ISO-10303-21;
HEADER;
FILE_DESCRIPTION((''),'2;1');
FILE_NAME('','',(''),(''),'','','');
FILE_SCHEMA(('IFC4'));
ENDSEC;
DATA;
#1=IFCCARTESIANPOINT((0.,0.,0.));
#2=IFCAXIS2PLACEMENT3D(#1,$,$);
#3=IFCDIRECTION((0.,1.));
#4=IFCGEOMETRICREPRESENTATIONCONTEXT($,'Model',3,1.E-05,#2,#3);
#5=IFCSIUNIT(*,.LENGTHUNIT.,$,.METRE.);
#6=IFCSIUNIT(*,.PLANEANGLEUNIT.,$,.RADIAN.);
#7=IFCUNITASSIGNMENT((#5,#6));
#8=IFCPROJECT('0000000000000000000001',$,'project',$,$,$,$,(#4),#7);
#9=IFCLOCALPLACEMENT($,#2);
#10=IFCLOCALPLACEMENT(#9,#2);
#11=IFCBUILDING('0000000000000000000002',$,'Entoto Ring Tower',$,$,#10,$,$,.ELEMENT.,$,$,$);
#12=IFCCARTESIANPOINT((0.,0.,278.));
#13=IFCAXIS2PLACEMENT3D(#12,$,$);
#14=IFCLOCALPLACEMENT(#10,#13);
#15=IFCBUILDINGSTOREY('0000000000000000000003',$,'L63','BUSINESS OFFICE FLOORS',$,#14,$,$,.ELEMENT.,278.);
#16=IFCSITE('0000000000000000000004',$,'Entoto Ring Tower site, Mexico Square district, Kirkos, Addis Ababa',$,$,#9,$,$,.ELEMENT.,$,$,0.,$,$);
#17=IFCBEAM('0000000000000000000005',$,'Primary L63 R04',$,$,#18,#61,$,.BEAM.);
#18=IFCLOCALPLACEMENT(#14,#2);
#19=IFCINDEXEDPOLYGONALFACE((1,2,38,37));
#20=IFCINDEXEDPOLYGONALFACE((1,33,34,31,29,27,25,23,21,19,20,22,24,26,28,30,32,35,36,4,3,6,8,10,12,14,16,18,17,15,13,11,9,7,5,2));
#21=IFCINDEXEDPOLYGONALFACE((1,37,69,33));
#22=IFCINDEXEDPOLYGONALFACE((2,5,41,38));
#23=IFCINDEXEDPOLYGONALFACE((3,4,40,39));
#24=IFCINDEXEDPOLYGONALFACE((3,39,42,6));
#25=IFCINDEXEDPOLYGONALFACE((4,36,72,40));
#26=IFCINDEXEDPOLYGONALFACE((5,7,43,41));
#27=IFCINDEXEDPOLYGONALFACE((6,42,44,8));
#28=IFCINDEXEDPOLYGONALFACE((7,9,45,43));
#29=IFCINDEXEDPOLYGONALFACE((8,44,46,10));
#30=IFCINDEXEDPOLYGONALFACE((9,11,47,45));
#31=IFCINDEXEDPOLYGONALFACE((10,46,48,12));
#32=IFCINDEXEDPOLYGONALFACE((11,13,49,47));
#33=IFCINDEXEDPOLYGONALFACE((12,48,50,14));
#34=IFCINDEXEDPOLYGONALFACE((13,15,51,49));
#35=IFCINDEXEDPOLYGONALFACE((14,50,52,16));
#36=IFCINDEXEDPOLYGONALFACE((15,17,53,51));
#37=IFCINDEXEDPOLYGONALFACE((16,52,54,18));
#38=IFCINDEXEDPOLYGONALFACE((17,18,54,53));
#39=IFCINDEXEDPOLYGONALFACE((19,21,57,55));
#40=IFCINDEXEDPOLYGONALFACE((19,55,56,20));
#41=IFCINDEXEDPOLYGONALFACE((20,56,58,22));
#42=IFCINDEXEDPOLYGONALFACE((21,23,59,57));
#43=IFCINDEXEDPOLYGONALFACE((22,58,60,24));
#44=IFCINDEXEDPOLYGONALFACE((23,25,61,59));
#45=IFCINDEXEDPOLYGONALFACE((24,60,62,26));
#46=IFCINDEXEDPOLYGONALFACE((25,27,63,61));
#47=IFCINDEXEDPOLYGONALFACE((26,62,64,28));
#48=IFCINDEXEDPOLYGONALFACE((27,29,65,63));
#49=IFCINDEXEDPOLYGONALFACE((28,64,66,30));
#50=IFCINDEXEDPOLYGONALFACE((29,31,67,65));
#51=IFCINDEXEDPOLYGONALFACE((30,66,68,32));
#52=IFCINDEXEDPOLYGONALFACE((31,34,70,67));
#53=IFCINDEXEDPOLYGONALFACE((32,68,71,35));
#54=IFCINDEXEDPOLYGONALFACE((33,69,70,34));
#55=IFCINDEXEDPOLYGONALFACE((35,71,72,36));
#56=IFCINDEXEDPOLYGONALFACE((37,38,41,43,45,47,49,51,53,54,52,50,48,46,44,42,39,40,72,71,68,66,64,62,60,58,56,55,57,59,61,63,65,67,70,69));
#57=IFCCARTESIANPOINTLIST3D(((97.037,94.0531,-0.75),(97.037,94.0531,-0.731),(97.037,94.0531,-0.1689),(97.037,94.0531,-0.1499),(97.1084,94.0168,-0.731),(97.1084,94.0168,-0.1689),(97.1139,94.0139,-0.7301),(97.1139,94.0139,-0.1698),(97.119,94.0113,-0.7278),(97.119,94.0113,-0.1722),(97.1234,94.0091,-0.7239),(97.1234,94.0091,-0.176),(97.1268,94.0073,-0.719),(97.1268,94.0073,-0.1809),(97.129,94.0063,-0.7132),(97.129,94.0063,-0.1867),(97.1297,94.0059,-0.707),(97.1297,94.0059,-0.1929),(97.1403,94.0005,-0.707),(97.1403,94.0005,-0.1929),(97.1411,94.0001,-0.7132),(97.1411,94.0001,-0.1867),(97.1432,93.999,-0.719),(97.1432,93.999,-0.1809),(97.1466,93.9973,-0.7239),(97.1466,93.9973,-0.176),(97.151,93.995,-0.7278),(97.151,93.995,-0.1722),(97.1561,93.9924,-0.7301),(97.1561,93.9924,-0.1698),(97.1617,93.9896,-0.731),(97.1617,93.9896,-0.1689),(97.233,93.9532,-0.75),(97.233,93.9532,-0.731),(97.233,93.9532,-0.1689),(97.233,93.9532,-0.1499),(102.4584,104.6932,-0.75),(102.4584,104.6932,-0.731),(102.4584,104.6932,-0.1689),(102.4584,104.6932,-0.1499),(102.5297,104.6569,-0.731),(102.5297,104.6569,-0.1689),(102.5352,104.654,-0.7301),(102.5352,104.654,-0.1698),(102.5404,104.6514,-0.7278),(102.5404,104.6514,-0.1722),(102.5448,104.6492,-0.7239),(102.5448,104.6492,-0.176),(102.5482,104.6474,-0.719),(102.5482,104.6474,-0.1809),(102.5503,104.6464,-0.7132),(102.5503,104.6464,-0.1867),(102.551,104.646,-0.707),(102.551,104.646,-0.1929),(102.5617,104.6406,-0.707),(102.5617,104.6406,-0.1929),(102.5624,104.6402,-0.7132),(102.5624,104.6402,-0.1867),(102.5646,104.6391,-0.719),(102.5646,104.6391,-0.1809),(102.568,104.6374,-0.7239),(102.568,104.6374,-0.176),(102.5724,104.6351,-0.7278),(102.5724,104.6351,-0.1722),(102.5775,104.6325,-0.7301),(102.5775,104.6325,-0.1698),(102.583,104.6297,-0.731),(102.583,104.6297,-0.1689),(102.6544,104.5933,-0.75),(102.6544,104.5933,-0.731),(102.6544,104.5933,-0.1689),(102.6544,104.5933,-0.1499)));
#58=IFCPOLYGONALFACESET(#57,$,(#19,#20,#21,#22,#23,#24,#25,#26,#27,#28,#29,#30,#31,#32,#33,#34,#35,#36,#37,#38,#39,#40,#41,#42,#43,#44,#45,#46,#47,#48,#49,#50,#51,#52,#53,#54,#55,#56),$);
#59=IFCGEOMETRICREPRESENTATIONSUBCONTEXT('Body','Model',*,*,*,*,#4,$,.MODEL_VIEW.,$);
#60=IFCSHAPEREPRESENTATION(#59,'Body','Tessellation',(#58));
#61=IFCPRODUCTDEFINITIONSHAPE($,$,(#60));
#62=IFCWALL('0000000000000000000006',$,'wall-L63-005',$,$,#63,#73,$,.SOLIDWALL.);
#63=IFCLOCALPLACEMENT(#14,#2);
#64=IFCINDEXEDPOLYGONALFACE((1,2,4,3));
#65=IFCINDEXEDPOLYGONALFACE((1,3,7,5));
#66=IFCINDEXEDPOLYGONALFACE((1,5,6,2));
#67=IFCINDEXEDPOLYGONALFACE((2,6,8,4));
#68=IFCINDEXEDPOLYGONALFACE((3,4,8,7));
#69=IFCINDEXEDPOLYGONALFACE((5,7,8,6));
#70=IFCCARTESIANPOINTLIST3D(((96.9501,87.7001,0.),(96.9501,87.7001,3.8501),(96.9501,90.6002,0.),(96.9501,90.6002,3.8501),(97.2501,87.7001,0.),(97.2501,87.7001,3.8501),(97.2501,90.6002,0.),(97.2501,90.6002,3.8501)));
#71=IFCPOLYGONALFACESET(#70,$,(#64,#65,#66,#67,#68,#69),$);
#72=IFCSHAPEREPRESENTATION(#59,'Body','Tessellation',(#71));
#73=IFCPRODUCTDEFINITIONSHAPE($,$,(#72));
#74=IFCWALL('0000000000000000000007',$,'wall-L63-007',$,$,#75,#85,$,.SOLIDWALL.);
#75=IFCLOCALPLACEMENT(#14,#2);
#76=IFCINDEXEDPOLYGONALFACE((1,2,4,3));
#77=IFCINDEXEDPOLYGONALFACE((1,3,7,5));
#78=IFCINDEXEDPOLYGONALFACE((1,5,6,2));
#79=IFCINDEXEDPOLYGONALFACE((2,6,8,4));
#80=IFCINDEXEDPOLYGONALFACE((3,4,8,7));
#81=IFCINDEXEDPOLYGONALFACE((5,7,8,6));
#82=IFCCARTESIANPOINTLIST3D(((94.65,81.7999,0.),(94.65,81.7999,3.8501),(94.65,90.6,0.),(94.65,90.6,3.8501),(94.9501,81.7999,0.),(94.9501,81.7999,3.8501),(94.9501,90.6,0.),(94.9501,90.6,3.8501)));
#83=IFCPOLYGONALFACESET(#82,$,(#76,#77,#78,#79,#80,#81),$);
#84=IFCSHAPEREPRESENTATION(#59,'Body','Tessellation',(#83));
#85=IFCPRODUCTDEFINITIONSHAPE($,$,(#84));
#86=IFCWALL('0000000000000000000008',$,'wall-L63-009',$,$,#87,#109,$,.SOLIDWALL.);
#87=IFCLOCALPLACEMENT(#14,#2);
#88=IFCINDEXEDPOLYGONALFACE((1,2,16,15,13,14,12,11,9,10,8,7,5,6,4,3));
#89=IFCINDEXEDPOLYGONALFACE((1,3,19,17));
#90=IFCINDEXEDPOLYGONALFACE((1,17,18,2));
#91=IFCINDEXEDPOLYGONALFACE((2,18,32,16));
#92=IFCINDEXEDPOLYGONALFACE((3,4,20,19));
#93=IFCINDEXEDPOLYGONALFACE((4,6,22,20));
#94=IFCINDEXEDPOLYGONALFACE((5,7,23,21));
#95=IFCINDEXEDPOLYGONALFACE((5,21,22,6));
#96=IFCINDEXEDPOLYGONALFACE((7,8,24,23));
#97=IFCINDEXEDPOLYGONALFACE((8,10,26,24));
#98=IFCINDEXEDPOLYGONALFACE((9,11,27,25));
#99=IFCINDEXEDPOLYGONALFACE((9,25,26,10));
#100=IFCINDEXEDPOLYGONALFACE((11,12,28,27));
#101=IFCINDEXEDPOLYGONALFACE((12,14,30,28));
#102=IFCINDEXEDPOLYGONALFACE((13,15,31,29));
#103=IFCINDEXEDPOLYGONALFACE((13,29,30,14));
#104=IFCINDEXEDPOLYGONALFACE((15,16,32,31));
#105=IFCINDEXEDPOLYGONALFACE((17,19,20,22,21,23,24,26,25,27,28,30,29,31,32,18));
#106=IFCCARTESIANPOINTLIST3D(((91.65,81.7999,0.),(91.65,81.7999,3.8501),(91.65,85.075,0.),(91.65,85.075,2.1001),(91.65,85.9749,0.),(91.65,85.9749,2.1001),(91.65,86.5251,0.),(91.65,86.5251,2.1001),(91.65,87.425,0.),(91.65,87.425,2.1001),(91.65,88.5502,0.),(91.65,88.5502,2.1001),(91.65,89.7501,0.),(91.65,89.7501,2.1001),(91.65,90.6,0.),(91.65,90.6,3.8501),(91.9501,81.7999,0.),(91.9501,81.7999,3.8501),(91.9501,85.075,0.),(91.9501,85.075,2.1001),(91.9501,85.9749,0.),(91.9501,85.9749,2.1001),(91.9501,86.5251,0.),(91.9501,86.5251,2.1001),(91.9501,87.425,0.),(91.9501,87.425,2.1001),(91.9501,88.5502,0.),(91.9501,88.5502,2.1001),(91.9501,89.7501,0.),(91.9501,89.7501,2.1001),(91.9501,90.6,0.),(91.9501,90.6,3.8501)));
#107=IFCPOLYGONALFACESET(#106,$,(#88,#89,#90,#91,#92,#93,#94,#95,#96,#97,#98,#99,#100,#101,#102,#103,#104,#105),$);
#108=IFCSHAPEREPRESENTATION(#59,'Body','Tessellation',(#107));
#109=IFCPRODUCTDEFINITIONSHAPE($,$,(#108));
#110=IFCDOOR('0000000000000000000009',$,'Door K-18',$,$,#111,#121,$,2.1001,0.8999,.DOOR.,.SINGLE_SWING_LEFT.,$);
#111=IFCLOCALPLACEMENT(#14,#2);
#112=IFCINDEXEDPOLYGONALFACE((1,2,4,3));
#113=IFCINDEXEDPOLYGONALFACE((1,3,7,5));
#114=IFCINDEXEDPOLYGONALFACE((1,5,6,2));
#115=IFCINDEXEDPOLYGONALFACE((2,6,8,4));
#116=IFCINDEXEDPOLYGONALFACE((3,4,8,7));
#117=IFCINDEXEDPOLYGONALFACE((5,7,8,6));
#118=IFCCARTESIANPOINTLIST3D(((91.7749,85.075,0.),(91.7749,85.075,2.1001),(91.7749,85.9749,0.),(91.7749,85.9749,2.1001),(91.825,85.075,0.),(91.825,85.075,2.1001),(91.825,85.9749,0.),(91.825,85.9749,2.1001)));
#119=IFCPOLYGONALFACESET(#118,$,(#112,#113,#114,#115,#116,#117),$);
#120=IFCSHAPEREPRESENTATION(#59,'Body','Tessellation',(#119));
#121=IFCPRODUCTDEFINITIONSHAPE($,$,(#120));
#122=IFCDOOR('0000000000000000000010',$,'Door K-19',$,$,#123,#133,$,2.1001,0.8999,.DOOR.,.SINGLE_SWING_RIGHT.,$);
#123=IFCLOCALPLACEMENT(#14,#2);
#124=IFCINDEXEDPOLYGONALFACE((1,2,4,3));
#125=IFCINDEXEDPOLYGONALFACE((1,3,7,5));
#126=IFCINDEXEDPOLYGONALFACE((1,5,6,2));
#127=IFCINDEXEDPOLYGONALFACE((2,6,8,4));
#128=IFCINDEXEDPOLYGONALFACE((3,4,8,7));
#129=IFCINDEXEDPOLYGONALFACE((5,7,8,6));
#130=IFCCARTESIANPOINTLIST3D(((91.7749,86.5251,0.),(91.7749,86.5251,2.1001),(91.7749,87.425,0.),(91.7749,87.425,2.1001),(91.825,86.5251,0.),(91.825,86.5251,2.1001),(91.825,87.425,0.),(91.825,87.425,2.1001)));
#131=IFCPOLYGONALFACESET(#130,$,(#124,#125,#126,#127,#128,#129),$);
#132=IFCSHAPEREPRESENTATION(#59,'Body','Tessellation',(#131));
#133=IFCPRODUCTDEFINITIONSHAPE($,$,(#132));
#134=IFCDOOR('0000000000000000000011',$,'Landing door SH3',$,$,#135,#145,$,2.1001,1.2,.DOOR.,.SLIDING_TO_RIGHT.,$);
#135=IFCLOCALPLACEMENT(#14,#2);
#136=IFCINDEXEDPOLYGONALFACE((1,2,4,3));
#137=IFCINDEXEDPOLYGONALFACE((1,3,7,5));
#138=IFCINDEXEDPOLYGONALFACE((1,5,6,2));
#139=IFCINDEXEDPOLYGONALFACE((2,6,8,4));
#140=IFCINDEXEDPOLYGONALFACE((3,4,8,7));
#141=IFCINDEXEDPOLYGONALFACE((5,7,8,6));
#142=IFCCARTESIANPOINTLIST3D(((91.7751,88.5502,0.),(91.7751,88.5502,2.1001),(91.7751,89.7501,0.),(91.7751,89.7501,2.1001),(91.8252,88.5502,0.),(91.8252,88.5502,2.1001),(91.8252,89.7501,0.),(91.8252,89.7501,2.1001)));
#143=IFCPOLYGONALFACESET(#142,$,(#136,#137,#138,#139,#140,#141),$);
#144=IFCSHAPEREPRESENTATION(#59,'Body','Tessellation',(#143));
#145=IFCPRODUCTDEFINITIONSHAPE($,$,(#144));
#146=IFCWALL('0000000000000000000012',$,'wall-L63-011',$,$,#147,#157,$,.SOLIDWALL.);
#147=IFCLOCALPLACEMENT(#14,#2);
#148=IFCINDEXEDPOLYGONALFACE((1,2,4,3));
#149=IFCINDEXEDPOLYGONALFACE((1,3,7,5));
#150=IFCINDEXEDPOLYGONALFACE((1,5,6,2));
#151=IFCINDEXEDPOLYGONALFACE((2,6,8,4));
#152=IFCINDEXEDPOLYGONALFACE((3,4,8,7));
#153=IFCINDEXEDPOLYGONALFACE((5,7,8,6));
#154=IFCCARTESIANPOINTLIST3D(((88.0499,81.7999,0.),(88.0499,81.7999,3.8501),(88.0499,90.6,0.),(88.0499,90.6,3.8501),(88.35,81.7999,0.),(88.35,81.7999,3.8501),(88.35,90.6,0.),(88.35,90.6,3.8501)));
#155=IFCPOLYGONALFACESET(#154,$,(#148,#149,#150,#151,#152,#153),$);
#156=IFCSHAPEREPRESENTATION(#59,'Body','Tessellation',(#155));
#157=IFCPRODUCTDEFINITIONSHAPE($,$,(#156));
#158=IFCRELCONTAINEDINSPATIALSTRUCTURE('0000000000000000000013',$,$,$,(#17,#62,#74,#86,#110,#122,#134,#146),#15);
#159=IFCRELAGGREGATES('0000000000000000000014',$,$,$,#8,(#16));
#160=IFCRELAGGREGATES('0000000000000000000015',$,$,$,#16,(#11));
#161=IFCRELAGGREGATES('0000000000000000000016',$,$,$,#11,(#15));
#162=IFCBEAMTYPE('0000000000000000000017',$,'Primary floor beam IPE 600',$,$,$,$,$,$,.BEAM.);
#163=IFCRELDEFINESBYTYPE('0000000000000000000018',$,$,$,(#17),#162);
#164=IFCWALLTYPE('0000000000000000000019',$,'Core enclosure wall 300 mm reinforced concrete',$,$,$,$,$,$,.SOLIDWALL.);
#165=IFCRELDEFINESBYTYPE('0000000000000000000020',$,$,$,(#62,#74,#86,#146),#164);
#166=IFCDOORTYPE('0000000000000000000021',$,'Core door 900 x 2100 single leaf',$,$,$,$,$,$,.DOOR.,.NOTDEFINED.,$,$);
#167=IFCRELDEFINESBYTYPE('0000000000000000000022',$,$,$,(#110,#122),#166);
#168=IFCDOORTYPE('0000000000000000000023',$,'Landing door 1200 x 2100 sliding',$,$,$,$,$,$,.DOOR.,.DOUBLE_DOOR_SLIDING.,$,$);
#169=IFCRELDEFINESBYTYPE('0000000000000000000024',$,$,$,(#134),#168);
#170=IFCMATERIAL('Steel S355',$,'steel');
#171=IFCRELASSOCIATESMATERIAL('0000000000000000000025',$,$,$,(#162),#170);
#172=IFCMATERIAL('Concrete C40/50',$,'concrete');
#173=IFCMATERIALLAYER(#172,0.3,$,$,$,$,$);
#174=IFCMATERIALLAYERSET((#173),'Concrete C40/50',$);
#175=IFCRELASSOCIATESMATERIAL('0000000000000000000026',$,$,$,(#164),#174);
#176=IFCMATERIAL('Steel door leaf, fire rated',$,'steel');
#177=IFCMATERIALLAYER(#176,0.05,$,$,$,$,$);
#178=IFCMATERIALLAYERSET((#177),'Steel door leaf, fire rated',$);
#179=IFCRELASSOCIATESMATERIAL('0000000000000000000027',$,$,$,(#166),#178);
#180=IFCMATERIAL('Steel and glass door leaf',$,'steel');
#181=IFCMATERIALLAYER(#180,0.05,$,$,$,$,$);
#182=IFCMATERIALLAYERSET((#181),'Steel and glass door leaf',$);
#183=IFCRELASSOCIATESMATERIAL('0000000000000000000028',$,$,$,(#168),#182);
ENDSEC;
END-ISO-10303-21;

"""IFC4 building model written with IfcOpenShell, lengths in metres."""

from ifc_helpers import new_model, si_unit, direction, frame, frame_2d, origin, origin_2d, place, context, subcontext, project, spatial, rectangle, i_section, extrude, material, layer, layer_set, material_profile, profile_set, type_object, element, fill, save


model = new_model("IFC4")

# Units and contexts
model_context = context("Model", 3, precision=1e-05, world=origin(), true_north=direction((0.0, 1.0)))
body_context = subcontext(model_context, "Body", "Model", "MODEL_VIEW")
ifc_project = project(units=[si_unit("LENGTHUNIT", "METRE"), si_unit("PLANEANGLEUNIT", "RADIAN")], contexts=[model_context])

# Site, building, storey
site_placement = place(None, origin())
site = spatial("IfcSite", under=ifc_project, at=site_placement, Name="Entoto Ring Tower site, Mexico Square district, Kirkos, Addis Ababa", CompositionType="ELEMENT", RefElevation=0.0)
building_placement = place(site_placement, origin())
building = spatial("IfcBuilding", under=site, at=building_placement, Name="Entoto Ring Tower", CompositionType="ELEMENT")
storey_placement = place(building_placement, frame((0.0, 0.0, 278.0)))
storey = spatial("IfcBuildingStorey", under=building, at=storey_placement, Name="L63", Description="BUSINESS OFFICE FLOORS", CompositionType="ELEMENT", Elevation=278.0)

# Beam
ifc_material_1 = material(Name="Steel S355", Category="steel")
ifc_material_profile = material_profile(ifc_material_1, i_section(OverallWidth=0.22, OverallDepth=0.6001, WebThickness=0.012, FlangeThickness=0.019, FilletRadius=0.0239, at=origin_2d()), Name="IPE 600")
ifc_profile_set = profile_set([ifc_material_profile], Name="Steel S355")
beam_type = type_object("IfcBeamType", Name="Primary floor beam IPE 600", PredefinedType="BEAM", material=ifc_profile_set)
beam_placement = place(storey_placement, frame((97.135, 94.0032, -0.45), z_axis=(0.453988, 0.891008, 0.0), x_axis=(-0.891008, 0.453988, 0.0)))
element("IfcBeam", 1, at=beam_placement, inside=storey, type_object=beam_type, Name="Primary L63 R04", PredefinedType="BEAM", context=body_context, shape_type="SweptSolid", body=[
    extrude(i_section(OverallWidth=0.22, OverallDepth=0.6001, WebThickness=0.012, FlangeThickness=0.019, FilletRadius=0.0239, at=origin_2d()), origin(), (0.0, 0.0, 1.0), 11.9417),
])

# Walls
ifc_material_2 = material(Name="Concrete C40/50", Category="concrete")
ifc_layer_1 = layer(ifc_material_2, 0.3)
ifc_layer_set_1 = layer_set([ifc_layer_1], Name="Concrete C40/50")
wall_type = type_object("IfcWallType", Name="Core enclosure wall 300 mm reinforced concrete", PredefinedType="SOLIDWALL", material=ifc_layer_set_1)
wall_1_placement = place(storey_placement, frame((97.1001, 87.7, 0.0), z_axis=(0.0, 0.0, 1.0), x_axis=(0.0, 1.0, 0.0)))
element("IfcWall", 2, at=wall_1_placement, inside=storey, type_object=wall_type, Name="wall-L63-005", PredefinedType="SOLIDWALL", context=body_context, shape_type="SweptSolid", body=[
    extrude(rectangle(XDim=2.9001, YDim=0.3, at=frame_2d((1.4502, 0.0))), origin(), (0.0, 0.0, 1.0), 3.8501),
])
wall_2_placement = place(storey_placement, frame((94.8, 81.8, 0.0), z_axis=(0.0, 0.0, 1.0), x_axis=(0.0, 1.0, 0.0)))
element("IfcWall", 3, at=wall_2_placement, inside=storey, type_object=wall_type, Name="wall-L63-007", PredefinedType="SOLIDWALL", context=body_context, shape_type="SweptSolid", body=[
    extrude(rectangle(XDim=8.8, YDim=0.3, at=frame_2d((4.3999, 0.0))), origin(), (0.0, 0.0, 1.0), 3.8501),
])

# Wall, openings, doors
wall_3_placement = place(storey_placement, frame((91.8, 81.8, 0.0), z_axis=(0.0, 0.0, 1.0), x_axis=(0.0, 1.0, 0.0)))
wall_3 = element("IfcWall", 4, at=wall_3_placement, inside=storey, type_object=wall_type, Name="wall-L63-009", PredefinedType="SOLIDWALL", context=body_context, shape_type="SweptSolid", body=[
    extrude(rectangle(XDim=8.8, YDim=0.3, at=frame_2d((4.3999, 0.0))), origin(), (0.0, 0.0, 1.0), 3.8501),
])
opening_1_placement = place(wall_3_placement, frame((6.75, 0.0, 0.0)))
opening_1 = element("IfcOpeningElement", 5, at=opening_1_placement, cuts=wall_3, PredefinedType="OPENING", context=body_context, shape_type="SweptSolid", body=[
    extrude(rectangle(XDim=1.2, YDim=2.1001, at=frame_2d((0.6001, 1.05))), frame((0.0, 0.1602, 0.0), z_axis=(0.0, -1.0, 0.0), x_axis=(1.0, 0.0, 0.0)), (0.0, 0.0, 1.0), 0.3201),
])
opening_2_placement = place(wall_3_placement, frame((3.2749, 0.0, 0.0)))
opening_2 = element("IfcOpeningElement", 6, at=opening_2_placement, cuts=wall_3, PredefinedType="OPENING", context=body_context, shape_type="SweptSolid", body=[
    extrude(rectangle(XDim=0.8999, YDim=2.1001, at=frame_2d((0.45, 1.05))), frame((0.0, 0.1602, 0.0), z_axis=(0.0, -1.0, 0.0), x_axis=(1.0, 0.0, 0.0)), (0.0, 0.0, 1.0), 0.3201),
])
opening_3_placement = place(wall_3_placement, frame((4.7251, 0.0, 0.0)))
opening_3 = element("IfcOpeningElement", 7, at=opening_3_placement, cuts=wall_3, PredefinedType="OPENING", context=body_context, shape_type="SweptSolid", body=[
    extrude(rectangle(XDim=0.8999, YDim=2.1001, at=frame_2d((0.45, 1.05))), frame((0.0, 0.1602, 0.0), z_axis=(0.0, -1.0, 0.0), x_axis=(1.0, 0.0, 0.0)), (0.0, 0.0, 1.0), 0.3201),
])
ifc_material_3 = material(Name="Steel door leaf, fire rated", Category="steel")
ifc_layer_2 = layer(ifc_material_3, 0.05)
ifc_layer_set_2 = layer_set([ifc_layer_2], Name="Steel door leaf, fire rated")
door_type_1 = type_object("IfcDoorType", Name="Core door 900 x 2100 single leaf", OperationType="NOTDEFINED", PredefinedType="DOOR", material=ifc_layer_set_2)
door_1_placement = place(opening_2_placement, frame((0.8999, 0.0, 0.0), z_axis=(0.0, 0.0, 1.0), x_axis=(-1.0, 0.0, 0.0)))
door_1 = element("IfcDoor", 8, at=door_1_placement, inside=storey, type_object=door_type_1, Name="Door K-18", OperationType="SINGLE_SWING_LEFT", OverallHeight=2.1001, OverallWidth=0.8999, PredefinedType="DOOR", context=body_context, shape_type="SweptSolid", body=[
    extrude(rectangle(XDim=0.8999, YDim=2.1001, at=frame_2d((0.45, 1.05))), frame((0.0, 0.0249, 0.0), z_axis=(0.0, -1.0, 0.0), x_axis=(1.0, 0.0, 0.0)), (0.0, 0.0, 1.0), 0.05),
])
fill(opening_2, door_1)
door_2_placement = place(opening_3_placement, frame((0.8999, 0.0, 0.0), z_axis=(0.0, 0.0, 1.0), x_axis=(-1.0, 0.0, 0.0)))
door_2 = element("IfcDoor", 9, at=door_2_placement, inside=storey, type_object=door_type_1, Name="Door K-19", OperationType="SINGLE_SWING_RIGHT", OverallHeight=2.1001, OverallWidth=0.8999, PredefinedType="DOOR", context=body_context, shape_type="SweptSolid", body=[
    extrude(rectangle(XDim=0.8999, YDim=2.1001, at=frame_2d((0.45, 1.05))), frame((0.0, 0.0249, 0.0), z_axis=(0.0, -1.0, 0.0), x_axis=(1.0, 0.0, 0.0)), (0.0, 0.0, 1.0), 0.05),
])
fill(opening_3, door_2)
ifc_material_4 = material(Name="Steel and glass door leaf", Category="steel")
ifc_layer_3 = layer(ifc_material_4, 0.05)
ifc_layer_set_3 = layer_set([ifc_layer_3], Name="Steel and glass door leaf")
door_type_2 = type_object("IfcDoorType", Name="Landing door 1200 x 2100 sliding", OperationType="DOUBLE_DOOR_SLIDING", PredefinedType="DOOR", material=ifc_layer_set_3)
door_3_placement = place(opening_1_placement, origin())
door_3 = element("IfcDoor", 10, at=door_3_placement, inside=storey, type_object=door_type_2, Name="Landing door SH3", OperationType="SLIDING_TO_RIGHT", OverallHeight=2.1001, OverallWidth=1.2, PredefinedType="DOOR", context=body_context, shape_type="SweptSolid", body=[
    extrude(rectangle(XDim=1.2, YDim=2.1001, at=frame_2d((0.6001, 1.05))), frame((0.0, 0.0249, 0.0), z_axis=(0.0, -1.0, 0.0), x_axis=(1.0, 0.0, 0.0)), (0.0, 0.0, 1.0), 0.05),
])
fill(opening_1, door_3)

# Wall
wall_4_placement = place(storey_placement, frame((88.2, 81.8, 0.0), z_axis=(0.0, 0.0, 1.0), x_axis=(0.0, 1.0, 0.0)))
element("IfcWall", 11, at=wall_4_placement, inside=storey, type_object=wall_type, Name="wall-L63-011", PredefinedType="SOLIDWALL", context=body_context, shape_type="SweptSolid", body=[
    extrude(rectangle(XDim=8.8, YDim=0.3, at=frame_2d((4.3999, 0.0))), origin(), (0.0, 0.0, 1.0), 3.8501),
])

save(model, "model.ifc")
